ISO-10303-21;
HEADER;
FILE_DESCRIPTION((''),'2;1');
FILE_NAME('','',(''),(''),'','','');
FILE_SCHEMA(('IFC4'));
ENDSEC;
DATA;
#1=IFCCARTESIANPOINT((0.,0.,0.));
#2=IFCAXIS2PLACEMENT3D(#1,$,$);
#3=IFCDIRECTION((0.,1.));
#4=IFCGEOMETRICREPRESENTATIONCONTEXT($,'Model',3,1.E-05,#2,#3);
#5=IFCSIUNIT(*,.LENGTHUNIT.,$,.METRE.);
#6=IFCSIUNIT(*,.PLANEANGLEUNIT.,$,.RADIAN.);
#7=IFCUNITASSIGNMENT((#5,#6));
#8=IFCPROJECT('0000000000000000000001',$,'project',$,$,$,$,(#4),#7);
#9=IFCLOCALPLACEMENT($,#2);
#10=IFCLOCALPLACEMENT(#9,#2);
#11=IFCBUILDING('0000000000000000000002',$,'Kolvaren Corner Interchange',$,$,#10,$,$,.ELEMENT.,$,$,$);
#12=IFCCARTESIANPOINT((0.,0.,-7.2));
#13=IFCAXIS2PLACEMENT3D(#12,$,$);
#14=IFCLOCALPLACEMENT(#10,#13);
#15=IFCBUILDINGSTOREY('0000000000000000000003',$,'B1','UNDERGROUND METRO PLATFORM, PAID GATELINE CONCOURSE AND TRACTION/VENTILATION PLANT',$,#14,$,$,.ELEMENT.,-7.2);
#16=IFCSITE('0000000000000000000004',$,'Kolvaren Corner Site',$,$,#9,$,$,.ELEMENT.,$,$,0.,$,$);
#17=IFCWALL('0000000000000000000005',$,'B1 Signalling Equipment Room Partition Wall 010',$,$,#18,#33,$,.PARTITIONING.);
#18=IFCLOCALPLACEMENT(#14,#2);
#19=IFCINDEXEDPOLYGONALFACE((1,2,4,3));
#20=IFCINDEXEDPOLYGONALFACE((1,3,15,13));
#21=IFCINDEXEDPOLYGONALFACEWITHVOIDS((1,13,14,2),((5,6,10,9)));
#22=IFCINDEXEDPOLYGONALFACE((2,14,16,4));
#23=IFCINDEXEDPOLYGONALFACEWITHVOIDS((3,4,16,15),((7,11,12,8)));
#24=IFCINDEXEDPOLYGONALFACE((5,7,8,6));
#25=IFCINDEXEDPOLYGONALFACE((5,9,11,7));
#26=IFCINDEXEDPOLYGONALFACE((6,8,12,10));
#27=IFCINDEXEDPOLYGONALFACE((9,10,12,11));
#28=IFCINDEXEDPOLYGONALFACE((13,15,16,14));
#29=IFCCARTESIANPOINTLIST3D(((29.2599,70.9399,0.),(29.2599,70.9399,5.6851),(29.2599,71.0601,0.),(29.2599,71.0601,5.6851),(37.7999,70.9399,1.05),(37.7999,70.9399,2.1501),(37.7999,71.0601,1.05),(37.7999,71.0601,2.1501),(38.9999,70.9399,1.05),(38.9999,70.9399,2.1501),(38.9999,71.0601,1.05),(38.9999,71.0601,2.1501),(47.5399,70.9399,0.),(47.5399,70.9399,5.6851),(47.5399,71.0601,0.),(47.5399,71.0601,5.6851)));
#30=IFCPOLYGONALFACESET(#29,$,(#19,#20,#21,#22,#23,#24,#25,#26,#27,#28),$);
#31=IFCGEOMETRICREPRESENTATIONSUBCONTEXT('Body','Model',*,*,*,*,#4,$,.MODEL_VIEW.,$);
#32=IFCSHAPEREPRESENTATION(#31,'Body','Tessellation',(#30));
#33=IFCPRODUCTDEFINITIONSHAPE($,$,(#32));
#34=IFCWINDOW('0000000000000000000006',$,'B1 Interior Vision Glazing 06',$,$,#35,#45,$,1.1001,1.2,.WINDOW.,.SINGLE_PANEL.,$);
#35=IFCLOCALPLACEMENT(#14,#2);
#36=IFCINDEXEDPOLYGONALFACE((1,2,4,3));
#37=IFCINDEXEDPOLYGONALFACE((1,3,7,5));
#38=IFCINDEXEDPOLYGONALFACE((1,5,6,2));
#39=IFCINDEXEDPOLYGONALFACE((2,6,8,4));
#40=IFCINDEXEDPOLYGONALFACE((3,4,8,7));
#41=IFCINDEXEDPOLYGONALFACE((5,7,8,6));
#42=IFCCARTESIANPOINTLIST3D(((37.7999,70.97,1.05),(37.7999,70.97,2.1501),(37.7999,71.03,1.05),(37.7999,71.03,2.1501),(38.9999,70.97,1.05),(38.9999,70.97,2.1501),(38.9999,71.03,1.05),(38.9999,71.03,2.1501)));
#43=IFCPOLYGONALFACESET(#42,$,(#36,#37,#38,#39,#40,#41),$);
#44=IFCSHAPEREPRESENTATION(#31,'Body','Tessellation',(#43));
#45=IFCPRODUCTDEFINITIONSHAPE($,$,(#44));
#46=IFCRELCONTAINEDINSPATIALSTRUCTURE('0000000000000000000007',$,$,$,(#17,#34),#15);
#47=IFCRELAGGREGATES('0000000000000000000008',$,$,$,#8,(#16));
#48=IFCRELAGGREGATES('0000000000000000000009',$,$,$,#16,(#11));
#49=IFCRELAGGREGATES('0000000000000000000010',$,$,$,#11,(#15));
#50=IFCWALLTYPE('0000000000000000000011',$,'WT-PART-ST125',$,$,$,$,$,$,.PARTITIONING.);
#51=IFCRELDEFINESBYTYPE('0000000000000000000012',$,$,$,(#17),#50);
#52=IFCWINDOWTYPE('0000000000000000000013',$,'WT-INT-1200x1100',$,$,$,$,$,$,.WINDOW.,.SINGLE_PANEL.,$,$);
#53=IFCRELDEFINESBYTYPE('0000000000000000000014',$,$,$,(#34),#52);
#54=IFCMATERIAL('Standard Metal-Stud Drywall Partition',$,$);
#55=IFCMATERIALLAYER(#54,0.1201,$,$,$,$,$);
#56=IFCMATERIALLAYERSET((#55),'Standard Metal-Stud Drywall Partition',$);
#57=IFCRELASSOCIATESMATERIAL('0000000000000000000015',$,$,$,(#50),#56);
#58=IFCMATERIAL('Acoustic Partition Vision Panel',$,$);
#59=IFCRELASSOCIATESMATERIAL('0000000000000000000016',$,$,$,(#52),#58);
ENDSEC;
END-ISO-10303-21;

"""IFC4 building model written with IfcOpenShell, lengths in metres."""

from ifc_helpers import new_model, si_unit, direction, frame, frame_2d, origin, place, context, subcontext, project, spatial, rectangle, extrude, material, layer, layer_set, type_object, element, fill, save


model = new_model("IFC4")

# Units and contexts
model_context = context("Model", 3, precision=1e-05, world=origin(), true_north=direction((0.0, 1.0)))
body_context = subcontext(model_context, "Body", "Model", "MODEL_VIEW")
ifc_project = project(units=[si_unit("LENGTHUNIT", "METRE"), si_unit("PLANEANGLEUNIT", "RADIAN")], contexts=[model_context])

# Site, building, storey
site_placement = place(None, origin())
site = spatial("IfcSite", under=ifc_project, at=site_placement, Name="Kolvaren Corner Site", CompositionType="ELEMENT", RefElevation=0.0)
building_placement = place(site_placement, origin())
building = spatial("IfcBuilding", under=site, at=building_placement, Name="Kolvaren Corner Interchange", CompositionType="ELEMENT")
storey_placement = place(building_placement, frame((0.0, 0.0, -7.2)))
storey = spatial("IfcBuildingStorey", under=building, at=storey_placement, Name="B1", Description="UNDERGROUND METRO PLATFORM, PAID GATELINE CONCOURSE AND TRACTION/VENTILATION PLANT", CompositionType="ELEMENT", Elevation=-7.2)

# Wall, opening, window
ifc_material_1 = material(Name="Standard Metal-Stud Drywall Partition")
ifc_layer = layer(ifc_material_1, 0.1201)
ifc_layer_set = layer_set([ifc_layer], Name="Standard Metal-Stud Drywall Partition")
wall_type = type_object("IfcWallType", Name="WT-PART-ST125", PredefinedType="PARTITIONING", material=ifc_layer_set)
wall_placement = place(storey_placement, frame((47.54, 71.0, 0.0), z_axis=(0.0, 0.0, 1.0), x_axis=(-1.0, 0.0, 0.0)))
wall = element("IfcWall", 1, at=wall_placement, inside=storey, type_object=wall_type, Name="B1 Signalling Equipment Room Partition Wall 010", PredefinedType="PARTITIONING", context=body_context, shape_type="SweptSolid", body=[
    extrude(rectangle(XDim=18.28, YDim=0.1201, at=frame_2d((9.1401, 0.0))), origin(), (0.0, 0.0, 1.0), 5.6851),
])
opening_placement = place(wall_placement, frame((8.54, 0.0, 1.05)))
opening = element("IfcOpeningElement", 2, at=opening_placement, cuts=wall, PredefinedType="OPENING", context=body_context, shape_type="SweptSolid", body=[
    extrude(rectangle(XDim=1.2, YDim=1.1001, at=frame_2d((0.6001, 0.55))), frame((0.0, 0.0701, 0.0), z_axis=(0.0, -1.0, 0.0), x_axis=(1.0, 0.0, 0.0)), (0.0, 0.0, 1.0), 0.1401),
])
ifc_material_2 = material(Name="Acoustic Partition Vision Panel")
window_type = type_object("IfcWindowType", Name="WT-INT-1200x1100", PartitioningType="SINGLE_PANEL", PredefinedType="WINDOW", material=ifc_material_2)
window_placement = place(opening_placement, origin())
window = element("IfcWindow", 3, at=window_placement, inside=storey, type_object=window_type, Name="B1 Interior Vision Glazing 06", OverallHeight=1.1001, OverallWidth=1.2, PartitioningType="SINGLE_PANEL", PredefinedType="WINDOW", context=body_context, shape_type="SweptSolid", body=[
    extrude(rectangle(XDim=1.2, YDim=1.1001, at=frame_2d((0.6001, 0.55))), frame((0.0, 0.03, 0.0), z_axis=(0.0, -1.0, 0.0), x_axis=(1.0, 0.0, 0.0)), (0.0, 0.0, 1.0), 0.0601),
])
fill(opening, window)

save(model, "model.ifc")
